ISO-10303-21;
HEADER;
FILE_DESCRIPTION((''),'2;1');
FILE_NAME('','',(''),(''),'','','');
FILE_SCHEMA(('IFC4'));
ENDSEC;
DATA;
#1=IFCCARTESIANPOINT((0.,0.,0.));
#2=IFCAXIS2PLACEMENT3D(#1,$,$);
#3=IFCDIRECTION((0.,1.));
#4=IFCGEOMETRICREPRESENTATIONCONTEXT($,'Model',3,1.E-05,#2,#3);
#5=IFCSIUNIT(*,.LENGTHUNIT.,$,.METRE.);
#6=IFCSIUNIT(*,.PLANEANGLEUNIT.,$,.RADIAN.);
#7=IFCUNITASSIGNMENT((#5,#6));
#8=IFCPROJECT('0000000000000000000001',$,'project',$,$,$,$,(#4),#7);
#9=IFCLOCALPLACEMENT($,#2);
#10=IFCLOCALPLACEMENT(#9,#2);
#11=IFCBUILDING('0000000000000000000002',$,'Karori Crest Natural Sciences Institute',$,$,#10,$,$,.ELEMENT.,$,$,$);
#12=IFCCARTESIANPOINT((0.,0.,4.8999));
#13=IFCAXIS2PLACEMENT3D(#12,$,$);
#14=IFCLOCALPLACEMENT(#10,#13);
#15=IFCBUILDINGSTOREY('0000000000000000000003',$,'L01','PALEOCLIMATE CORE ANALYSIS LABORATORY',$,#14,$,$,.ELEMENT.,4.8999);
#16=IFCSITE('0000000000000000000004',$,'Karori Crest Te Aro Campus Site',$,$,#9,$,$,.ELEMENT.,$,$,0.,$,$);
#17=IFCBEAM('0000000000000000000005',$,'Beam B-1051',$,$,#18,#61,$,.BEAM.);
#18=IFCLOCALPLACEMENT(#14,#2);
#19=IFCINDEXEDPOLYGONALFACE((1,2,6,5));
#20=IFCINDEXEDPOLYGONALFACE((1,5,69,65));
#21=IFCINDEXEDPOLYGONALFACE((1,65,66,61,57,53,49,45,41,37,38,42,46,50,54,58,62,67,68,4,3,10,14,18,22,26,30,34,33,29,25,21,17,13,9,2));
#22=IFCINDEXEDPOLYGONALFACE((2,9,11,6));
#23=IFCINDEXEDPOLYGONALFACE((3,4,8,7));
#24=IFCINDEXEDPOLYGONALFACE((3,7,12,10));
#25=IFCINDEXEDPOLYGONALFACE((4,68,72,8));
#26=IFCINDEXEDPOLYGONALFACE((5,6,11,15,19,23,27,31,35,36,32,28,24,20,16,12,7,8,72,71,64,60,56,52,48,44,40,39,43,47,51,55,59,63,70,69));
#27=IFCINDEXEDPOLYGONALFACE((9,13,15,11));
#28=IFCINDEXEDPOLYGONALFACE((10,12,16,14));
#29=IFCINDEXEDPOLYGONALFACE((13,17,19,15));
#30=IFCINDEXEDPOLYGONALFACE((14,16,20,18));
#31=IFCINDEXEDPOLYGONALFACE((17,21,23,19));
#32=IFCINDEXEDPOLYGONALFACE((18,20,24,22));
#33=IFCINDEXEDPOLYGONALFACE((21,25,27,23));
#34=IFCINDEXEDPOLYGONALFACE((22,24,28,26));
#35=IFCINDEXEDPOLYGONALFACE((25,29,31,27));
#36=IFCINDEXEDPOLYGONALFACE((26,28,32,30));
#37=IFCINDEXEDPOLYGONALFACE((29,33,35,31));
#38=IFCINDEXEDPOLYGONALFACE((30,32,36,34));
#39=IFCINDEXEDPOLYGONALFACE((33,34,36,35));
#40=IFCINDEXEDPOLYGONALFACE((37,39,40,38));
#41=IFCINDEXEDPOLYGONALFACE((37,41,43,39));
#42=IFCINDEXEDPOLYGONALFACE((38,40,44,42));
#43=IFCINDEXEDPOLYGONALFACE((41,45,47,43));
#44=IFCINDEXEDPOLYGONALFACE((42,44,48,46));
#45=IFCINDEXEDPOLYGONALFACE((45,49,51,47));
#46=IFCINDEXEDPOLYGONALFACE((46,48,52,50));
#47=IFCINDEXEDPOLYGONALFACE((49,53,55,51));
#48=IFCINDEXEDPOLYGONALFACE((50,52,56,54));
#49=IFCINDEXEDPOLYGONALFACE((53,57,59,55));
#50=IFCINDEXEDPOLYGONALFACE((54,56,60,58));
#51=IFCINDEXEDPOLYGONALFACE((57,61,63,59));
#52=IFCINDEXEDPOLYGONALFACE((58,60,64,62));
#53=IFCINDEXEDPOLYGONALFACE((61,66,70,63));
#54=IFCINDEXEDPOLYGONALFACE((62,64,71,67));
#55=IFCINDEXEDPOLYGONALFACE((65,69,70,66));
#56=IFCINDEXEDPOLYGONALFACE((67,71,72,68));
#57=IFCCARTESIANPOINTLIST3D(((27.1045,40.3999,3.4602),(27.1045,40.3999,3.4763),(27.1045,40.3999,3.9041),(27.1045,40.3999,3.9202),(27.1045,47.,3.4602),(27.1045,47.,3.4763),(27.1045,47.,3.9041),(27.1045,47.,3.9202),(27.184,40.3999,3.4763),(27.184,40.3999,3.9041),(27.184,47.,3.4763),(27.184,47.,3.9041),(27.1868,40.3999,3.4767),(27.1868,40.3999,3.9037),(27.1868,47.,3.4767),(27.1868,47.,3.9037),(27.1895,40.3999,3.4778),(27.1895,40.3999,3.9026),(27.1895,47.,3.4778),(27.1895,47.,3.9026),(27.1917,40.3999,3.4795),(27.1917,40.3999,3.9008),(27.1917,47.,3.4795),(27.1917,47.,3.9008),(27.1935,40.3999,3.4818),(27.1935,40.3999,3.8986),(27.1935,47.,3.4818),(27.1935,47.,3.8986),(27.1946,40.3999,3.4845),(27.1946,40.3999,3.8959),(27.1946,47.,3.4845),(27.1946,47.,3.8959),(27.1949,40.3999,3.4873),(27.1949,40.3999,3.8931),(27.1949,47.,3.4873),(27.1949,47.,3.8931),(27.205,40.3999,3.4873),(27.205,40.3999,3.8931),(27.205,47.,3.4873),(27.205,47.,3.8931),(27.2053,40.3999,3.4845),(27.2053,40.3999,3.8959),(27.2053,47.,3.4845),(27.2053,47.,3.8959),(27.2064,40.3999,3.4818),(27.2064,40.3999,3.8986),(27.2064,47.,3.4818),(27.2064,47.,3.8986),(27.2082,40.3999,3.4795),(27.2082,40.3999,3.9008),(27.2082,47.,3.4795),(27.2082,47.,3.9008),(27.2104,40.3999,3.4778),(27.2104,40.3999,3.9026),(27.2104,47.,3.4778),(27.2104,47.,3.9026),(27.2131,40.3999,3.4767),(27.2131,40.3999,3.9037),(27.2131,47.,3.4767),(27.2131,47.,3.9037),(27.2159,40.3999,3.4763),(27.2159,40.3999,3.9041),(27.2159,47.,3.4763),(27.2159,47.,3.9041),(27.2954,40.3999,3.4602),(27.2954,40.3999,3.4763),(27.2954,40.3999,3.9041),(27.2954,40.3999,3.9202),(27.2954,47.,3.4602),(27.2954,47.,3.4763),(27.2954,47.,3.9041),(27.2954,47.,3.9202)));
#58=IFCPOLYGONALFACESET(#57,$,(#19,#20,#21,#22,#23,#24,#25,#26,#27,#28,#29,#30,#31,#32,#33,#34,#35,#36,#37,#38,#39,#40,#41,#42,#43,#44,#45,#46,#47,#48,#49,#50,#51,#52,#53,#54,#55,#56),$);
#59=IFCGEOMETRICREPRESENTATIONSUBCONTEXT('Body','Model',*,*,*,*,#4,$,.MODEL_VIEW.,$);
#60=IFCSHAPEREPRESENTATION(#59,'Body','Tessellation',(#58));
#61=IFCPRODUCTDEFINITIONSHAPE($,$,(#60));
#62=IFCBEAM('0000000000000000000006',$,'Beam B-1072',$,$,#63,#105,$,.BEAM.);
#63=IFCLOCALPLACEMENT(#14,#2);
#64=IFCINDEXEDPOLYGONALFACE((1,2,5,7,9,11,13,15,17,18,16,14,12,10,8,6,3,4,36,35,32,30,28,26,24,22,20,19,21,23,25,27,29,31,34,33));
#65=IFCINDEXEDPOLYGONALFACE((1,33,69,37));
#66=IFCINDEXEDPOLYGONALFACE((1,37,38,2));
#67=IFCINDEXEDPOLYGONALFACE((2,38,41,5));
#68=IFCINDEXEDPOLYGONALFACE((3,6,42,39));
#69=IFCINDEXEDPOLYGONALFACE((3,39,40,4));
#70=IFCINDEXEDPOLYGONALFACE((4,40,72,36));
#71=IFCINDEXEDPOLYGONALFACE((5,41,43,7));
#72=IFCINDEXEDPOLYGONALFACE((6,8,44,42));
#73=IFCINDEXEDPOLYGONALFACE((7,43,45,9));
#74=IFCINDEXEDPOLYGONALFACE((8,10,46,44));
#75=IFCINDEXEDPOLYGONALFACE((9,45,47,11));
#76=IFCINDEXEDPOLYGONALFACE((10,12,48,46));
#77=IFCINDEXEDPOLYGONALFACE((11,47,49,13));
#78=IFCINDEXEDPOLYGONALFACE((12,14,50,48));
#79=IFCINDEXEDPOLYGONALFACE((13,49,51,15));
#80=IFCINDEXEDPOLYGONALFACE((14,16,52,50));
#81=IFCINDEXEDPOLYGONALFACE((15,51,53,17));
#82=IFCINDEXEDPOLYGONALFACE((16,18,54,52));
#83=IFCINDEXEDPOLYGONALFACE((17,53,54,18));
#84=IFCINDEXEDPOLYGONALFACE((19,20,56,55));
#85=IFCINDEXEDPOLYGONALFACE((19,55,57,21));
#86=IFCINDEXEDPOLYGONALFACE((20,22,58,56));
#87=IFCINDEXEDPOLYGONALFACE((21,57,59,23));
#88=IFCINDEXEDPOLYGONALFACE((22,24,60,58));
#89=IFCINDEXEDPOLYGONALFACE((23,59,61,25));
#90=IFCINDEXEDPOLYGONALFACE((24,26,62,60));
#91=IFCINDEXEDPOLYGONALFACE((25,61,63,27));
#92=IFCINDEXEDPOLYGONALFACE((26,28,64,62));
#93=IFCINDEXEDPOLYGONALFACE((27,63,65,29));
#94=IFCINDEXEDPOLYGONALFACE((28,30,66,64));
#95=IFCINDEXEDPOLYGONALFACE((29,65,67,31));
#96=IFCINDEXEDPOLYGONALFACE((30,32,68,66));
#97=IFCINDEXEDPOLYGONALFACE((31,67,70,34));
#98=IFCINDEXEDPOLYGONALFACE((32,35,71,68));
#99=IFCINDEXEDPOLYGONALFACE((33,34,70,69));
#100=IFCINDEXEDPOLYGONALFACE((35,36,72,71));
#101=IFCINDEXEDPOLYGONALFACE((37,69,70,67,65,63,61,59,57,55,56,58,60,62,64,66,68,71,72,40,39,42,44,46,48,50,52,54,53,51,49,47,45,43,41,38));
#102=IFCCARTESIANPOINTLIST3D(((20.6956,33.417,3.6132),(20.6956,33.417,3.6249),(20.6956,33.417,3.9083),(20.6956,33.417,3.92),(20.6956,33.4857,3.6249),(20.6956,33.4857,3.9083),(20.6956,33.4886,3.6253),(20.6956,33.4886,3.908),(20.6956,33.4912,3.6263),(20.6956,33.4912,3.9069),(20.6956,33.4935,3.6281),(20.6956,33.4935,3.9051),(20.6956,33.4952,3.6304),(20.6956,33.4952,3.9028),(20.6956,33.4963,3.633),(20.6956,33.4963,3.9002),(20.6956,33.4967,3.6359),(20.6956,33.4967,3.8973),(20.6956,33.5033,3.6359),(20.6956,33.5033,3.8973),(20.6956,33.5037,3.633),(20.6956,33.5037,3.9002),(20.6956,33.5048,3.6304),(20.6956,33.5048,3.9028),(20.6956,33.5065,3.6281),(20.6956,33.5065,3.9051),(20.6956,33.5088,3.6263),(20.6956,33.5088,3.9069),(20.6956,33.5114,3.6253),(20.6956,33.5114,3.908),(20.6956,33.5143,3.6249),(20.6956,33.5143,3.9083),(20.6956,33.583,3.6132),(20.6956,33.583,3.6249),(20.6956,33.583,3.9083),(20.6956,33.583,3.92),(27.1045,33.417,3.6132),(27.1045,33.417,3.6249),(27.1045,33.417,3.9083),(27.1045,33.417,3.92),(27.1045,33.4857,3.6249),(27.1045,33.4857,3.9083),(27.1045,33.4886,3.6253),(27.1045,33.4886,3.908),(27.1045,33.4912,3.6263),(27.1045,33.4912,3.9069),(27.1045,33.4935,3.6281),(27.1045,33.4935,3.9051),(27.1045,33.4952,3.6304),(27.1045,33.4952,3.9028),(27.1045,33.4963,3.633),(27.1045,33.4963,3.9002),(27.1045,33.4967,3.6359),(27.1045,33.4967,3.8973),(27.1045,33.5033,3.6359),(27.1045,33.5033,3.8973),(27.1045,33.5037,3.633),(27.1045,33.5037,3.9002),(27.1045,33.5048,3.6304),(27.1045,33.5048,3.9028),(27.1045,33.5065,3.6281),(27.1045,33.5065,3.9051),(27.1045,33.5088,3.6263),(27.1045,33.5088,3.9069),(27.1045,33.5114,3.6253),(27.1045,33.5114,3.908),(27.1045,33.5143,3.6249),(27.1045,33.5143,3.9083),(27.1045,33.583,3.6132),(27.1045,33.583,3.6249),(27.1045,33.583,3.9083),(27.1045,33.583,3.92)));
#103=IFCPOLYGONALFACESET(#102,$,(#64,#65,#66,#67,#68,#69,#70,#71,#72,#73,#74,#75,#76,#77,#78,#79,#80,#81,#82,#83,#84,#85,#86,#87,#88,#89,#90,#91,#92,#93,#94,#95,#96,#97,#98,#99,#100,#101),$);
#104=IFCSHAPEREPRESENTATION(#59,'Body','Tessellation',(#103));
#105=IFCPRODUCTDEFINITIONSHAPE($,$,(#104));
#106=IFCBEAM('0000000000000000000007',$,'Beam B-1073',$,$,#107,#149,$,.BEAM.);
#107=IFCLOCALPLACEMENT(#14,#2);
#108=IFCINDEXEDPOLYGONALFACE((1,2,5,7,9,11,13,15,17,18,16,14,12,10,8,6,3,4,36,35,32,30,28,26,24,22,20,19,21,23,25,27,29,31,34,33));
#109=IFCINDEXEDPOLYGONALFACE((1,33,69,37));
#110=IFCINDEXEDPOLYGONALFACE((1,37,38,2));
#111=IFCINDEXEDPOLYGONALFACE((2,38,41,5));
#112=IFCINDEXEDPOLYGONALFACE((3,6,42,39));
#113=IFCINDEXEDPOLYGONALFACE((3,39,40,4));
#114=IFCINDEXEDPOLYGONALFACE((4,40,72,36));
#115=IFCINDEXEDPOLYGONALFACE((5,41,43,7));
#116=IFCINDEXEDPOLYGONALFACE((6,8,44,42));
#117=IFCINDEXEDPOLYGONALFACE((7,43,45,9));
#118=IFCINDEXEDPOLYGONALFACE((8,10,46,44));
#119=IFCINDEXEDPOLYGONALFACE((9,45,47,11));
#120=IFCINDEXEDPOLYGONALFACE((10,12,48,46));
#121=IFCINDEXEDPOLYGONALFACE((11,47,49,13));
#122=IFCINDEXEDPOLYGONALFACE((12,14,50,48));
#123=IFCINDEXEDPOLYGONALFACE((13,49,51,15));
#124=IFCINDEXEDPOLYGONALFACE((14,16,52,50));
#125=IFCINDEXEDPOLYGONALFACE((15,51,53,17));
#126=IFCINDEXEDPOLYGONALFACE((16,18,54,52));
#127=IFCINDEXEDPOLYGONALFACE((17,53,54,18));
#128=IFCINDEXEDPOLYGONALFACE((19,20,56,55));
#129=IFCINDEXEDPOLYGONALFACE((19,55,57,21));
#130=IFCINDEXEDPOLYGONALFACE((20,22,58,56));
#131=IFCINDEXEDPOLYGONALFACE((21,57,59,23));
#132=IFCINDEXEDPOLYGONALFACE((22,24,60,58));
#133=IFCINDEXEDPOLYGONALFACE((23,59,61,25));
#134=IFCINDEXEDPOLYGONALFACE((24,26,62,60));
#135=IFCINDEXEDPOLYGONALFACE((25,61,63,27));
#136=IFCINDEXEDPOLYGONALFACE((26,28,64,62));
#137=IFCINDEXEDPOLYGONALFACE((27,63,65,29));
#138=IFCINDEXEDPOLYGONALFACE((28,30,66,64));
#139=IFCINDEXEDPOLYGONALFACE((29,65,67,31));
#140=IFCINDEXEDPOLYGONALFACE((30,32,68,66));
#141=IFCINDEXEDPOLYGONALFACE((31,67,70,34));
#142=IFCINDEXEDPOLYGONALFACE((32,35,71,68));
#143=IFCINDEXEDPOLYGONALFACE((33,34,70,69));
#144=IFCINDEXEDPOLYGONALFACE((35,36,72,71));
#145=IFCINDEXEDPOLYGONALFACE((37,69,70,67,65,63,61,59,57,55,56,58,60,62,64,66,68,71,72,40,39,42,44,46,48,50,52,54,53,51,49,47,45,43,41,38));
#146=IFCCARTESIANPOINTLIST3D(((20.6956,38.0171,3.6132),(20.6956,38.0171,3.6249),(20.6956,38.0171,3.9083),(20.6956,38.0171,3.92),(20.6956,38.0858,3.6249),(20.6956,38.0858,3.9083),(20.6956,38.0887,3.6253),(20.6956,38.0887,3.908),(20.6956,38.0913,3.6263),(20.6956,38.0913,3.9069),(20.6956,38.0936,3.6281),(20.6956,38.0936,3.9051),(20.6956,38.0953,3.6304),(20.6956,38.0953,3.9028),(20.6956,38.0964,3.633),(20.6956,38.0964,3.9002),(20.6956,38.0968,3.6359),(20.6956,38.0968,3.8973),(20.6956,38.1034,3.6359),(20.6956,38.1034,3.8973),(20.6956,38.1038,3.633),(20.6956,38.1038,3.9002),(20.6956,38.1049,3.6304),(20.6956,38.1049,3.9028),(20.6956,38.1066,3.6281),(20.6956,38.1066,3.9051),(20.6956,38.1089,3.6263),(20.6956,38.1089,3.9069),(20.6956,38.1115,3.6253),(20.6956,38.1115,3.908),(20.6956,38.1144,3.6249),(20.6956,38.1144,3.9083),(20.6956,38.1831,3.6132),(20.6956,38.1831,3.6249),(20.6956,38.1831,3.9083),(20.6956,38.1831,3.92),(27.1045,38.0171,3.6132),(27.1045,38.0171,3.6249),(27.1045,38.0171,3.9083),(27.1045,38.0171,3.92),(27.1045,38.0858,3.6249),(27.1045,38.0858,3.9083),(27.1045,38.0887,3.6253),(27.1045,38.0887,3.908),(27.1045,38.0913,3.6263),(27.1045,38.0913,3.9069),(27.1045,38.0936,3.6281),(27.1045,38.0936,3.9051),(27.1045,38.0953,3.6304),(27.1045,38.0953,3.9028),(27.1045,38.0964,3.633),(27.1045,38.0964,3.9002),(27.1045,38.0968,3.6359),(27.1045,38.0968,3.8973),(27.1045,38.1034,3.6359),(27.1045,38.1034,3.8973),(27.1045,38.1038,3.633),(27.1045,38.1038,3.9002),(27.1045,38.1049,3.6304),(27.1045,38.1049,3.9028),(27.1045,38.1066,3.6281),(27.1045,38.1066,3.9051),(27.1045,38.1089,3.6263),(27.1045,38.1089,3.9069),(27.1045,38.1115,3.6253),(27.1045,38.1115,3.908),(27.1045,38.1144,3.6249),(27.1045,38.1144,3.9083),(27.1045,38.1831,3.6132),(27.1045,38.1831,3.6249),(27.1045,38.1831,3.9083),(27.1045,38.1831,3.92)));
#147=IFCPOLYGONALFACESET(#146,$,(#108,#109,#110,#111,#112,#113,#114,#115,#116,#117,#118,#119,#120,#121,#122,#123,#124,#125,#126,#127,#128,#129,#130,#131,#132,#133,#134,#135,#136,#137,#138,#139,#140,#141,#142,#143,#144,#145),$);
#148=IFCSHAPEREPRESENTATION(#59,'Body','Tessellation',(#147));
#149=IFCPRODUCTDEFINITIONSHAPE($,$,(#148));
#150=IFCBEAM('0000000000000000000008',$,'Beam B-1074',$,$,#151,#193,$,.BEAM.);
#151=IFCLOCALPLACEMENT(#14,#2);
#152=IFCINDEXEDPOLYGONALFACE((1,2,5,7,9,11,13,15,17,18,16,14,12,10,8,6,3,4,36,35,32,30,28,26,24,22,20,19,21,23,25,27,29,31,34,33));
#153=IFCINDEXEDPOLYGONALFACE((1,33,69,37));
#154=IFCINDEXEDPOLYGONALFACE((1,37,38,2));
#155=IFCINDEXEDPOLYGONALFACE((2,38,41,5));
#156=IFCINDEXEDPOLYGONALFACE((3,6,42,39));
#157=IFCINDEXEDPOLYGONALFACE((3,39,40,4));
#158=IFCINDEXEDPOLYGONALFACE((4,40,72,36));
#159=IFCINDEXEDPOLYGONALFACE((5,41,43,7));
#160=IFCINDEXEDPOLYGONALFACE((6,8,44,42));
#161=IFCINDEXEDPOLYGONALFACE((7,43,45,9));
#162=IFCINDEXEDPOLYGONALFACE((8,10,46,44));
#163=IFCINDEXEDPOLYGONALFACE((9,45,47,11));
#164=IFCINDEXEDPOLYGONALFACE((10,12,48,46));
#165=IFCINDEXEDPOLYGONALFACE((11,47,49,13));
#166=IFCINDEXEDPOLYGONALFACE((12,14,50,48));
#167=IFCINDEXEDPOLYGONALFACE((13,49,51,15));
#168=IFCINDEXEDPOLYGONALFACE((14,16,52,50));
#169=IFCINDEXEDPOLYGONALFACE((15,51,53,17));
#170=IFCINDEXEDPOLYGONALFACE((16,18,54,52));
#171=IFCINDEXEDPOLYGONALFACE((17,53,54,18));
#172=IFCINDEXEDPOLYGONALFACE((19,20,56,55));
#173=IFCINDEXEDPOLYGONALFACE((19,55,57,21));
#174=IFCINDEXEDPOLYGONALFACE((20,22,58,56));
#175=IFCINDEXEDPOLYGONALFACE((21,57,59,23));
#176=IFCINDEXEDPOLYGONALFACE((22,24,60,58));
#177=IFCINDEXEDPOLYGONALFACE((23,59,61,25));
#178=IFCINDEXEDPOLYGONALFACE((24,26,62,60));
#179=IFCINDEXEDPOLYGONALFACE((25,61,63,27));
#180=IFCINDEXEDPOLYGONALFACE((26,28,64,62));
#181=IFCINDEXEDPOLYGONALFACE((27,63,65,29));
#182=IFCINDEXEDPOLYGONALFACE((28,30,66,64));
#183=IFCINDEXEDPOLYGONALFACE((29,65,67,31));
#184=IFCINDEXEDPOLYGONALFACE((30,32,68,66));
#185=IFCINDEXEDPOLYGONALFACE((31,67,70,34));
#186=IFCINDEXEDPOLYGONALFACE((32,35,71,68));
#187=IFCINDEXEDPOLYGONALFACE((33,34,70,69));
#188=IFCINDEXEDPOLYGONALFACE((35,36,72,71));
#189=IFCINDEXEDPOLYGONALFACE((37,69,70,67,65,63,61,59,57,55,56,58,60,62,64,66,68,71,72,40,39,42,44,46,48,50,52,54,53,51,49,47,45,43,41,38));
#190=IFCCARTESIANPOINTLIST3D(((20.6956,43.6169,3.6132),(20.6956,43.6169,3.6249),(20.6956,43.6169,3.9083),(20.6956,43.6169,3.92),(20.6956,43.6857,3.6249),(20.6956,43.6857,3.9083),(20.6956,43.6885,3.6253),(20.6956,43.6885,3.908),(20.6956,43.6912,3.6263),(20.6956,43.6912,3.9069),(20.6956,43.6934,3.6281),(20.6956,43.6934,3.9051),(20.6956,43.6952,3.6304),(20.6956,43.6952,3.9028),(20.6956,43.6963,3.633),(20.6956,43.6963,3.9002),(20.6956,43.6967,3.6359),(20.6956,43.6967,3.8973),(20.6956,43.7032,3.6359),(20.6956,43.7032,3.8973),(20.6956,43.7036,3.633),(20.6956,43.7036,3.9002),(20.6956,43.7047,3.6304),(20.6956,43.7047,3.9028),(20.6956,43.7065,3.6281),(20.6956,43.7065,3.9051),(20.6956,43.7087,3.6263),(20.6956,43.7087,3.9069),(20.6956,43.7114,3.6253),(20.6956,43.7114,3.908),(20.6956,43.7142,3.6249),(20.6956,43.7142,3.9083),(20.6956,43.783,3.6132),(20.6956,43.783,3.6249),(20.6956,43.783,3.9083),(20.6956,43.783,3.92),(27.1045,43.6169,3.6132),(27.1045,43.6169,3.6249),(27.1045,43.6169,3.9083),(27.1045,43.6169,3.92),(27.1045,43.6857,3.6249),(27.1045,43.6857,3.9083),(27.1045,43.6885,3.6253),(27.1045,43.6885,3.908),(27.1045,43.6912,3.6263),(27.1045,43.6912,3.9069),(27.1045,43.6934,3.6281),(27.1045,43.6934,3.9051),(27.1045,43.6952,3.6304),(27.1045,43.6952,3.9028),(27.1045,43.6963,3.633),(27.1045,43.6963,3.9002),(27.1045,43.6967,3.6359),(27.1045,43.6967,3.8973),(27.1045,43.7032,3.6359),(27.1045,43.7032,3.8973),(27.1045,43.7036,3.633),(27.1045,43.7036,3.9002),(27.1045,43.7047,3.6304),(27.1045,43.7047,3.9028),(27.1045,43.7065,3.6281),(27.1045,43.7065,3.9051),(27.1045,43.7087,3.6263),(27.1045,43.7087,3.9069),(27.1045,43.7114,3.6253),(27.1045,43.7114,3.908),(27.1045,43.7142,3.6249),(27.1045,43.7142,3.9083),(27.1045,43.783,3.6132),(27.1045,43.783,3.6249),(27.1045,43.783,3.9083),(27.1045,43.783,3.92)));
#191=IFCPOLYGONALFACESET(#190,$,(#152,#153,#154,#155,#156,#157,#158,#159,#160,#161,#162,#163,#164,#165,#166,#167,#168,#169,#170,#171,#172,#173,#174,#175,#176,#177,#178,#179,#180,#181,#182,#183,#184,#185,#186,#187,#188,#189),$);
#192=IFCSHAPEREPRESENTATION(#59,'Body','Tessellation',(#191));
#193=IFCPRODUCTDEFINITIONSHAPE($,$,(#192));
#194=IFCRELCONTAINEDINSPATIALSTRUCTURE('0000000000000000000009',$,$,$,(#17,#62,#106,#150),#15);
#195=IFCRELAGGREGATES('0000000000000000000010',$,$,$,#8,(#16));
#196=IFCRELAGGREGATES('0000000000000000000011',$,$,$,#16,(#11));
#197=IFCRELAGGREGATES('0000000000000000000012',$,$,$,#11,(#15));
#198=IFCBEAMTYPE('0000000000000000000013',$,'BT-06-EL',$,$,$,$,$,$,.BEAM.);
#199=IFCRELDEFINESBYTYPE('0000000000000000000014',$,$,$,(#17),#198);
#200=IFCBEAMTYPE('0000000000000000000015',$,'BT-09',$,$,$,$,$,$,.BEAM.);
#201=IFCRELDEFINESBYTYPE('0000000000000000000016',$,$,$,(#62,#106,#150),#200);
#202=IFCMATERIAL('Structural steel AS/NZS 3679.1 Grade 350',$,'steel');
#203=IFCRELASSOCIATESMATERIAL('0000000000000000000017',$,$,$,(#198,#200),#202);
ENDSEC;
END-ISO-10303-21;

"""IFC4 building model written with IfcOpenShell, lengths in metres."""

from ifc_helpers import new_model, si_unit, direction, frame, origin, origin_2d, place, context, subcontext, project, spatial, i_section, extrude, material, material_profile, profile_set, type_object, element, save


model = new_model("IFC4")

# Units and contexts
model_context = context("Model", 3, precision=1e-05, world=origin(), true_north=direction((0.0, 1.0)))
body_context = subcontext(model_context, "Body", "Model", "MODEL_VIEW")
ifc_project = project(units=[si_unit("LENGTHUNIT", "METRE"), si_unit("PLANEANGLEUNIT", "RADIAN")], contexts=[model_context])

# Site, building, storey
site_placement = place(None, origin())
site = spatial("IfcSite", under=ifc_project, at=site_placement, Name="Karori Crest Te Aro Campus Site", CompositionType="ELEMENT", RefElevation=0.0)
building_placement = place(site_placement, origin())
building = spatial("IfcBuilding", under=site, at=building_placement, Name="Karori Crest Natural Sciences Institute", CompositionType="ELEMENT")
storey_placement = place(building_placement, frame((0.0, 0.0, 4.8999)))
storey = spatial("IfcBuildingStorey", under=building, at=storey_placement, Name="L01", Description="PALEOCLIMATE CORE ANALYSIS LABORATORY", CompositionType="ELEMENT", Elevation=4.8999)

# Shared definitions
ifc_material_1 = material(Name="Structural steel AS/NZS 3679.1 Grade 350", Category="steel")

# Beams
ifc_material_profile_1 = material_profile(ifc_material_1, i_section(OverallWidth=0.1909, OverallDepth=0.46, WebThickness=0.01, FlangeThickness=0.0161, FilletRadius=0.011, at=origin_2d()), Name="460UB82.1")
ifc_profile_set_1 = profile_set([ifc_material_profile_1], Name="Structural steel AS/NZS 3679.1 Grade 350")
beam_type_1 = type_object("IfcBeamType", Name="BT-06-EL", PredefinedType="BEAM", material=ifc_profile_set_1)
beam_1_placement = place(storey_placement, frame((27.2, 40.3999, 3.6902), z_axis=(0.0, 1.0, 0.0), x_axis=(-1.0, 0.0, 0.0)))
element("IfcBeam", 1, at=beam_1_placement, inside=storey, type_object=beam_type_1, Name="Beam B-1051", PredefinedType="BEAM", context=body_context, shape_type="SweptSolid", body=[
    extrude(i_section(OverallWidth=0.1909, OverallDepth=0.46, WebThickness=0.01, FlangeThickness=0.0161, FilletRadius=0.011, at=origin_2d()), origin(), (0.0, 0.0, 1.0), 6.6001),
])
ifc_material_profile_2 = material_profile(ifc_material_1, i_section(OverallWidth=0.166, OverallDepth=0.3069, WebThickness=0.0066, FlangeThickness=0.0117, FilletRadius=0.011, at=origin_2d()), Name="310UB46.2")
ifc_profile_set_2 = profile_set([ifc_material_profile_2], Name="Structural steel AS/NZS 3679.1 Grade 350")
beam_type_2 = type_object("IfcBeamType", Name="BT-09", PredefinedType="BEAM", material=ifc_profile_set_2)
for number, where, z_axis, x_axis, name in (
    (2, (20.6956, 33.5, 3.7666), (1.0, 0.0, 0.0), (0.0, 1.0, 0.0), "Beam B-1072"),
    (3, (20.6956, 38.1001, 3.7666), (1.0, 0.0, 0.0), (0.0, 1.0, 0.0), "Beam B-1073"),
    (4, (20.6956, 43.7, 3.7666), (1.0, 0.0, 0.0), (0.0, 1.0, 0.0), "Beam B-1074"),
):
    element("IfcBeam", number, at=place(storey_placement, frame(where, z_axis=z_axis, x_axis=x_axis)), inside=storey, type_object=beam_type_2, Name=name, PredefinedType="BEAM", context=body_context, shape_type="SweptSolid", body=[
        extrude(i_section(OverallWidth=0.166, OverallDepth=0.3069, WebThickness=0.0066, FlangeThickness=0.0117, FilletRadius=0.011, at=origin_2d()), origin(), (0.0, 0.0, 1.0), 6.4089),
    ])

save(model, "model.ifc")
